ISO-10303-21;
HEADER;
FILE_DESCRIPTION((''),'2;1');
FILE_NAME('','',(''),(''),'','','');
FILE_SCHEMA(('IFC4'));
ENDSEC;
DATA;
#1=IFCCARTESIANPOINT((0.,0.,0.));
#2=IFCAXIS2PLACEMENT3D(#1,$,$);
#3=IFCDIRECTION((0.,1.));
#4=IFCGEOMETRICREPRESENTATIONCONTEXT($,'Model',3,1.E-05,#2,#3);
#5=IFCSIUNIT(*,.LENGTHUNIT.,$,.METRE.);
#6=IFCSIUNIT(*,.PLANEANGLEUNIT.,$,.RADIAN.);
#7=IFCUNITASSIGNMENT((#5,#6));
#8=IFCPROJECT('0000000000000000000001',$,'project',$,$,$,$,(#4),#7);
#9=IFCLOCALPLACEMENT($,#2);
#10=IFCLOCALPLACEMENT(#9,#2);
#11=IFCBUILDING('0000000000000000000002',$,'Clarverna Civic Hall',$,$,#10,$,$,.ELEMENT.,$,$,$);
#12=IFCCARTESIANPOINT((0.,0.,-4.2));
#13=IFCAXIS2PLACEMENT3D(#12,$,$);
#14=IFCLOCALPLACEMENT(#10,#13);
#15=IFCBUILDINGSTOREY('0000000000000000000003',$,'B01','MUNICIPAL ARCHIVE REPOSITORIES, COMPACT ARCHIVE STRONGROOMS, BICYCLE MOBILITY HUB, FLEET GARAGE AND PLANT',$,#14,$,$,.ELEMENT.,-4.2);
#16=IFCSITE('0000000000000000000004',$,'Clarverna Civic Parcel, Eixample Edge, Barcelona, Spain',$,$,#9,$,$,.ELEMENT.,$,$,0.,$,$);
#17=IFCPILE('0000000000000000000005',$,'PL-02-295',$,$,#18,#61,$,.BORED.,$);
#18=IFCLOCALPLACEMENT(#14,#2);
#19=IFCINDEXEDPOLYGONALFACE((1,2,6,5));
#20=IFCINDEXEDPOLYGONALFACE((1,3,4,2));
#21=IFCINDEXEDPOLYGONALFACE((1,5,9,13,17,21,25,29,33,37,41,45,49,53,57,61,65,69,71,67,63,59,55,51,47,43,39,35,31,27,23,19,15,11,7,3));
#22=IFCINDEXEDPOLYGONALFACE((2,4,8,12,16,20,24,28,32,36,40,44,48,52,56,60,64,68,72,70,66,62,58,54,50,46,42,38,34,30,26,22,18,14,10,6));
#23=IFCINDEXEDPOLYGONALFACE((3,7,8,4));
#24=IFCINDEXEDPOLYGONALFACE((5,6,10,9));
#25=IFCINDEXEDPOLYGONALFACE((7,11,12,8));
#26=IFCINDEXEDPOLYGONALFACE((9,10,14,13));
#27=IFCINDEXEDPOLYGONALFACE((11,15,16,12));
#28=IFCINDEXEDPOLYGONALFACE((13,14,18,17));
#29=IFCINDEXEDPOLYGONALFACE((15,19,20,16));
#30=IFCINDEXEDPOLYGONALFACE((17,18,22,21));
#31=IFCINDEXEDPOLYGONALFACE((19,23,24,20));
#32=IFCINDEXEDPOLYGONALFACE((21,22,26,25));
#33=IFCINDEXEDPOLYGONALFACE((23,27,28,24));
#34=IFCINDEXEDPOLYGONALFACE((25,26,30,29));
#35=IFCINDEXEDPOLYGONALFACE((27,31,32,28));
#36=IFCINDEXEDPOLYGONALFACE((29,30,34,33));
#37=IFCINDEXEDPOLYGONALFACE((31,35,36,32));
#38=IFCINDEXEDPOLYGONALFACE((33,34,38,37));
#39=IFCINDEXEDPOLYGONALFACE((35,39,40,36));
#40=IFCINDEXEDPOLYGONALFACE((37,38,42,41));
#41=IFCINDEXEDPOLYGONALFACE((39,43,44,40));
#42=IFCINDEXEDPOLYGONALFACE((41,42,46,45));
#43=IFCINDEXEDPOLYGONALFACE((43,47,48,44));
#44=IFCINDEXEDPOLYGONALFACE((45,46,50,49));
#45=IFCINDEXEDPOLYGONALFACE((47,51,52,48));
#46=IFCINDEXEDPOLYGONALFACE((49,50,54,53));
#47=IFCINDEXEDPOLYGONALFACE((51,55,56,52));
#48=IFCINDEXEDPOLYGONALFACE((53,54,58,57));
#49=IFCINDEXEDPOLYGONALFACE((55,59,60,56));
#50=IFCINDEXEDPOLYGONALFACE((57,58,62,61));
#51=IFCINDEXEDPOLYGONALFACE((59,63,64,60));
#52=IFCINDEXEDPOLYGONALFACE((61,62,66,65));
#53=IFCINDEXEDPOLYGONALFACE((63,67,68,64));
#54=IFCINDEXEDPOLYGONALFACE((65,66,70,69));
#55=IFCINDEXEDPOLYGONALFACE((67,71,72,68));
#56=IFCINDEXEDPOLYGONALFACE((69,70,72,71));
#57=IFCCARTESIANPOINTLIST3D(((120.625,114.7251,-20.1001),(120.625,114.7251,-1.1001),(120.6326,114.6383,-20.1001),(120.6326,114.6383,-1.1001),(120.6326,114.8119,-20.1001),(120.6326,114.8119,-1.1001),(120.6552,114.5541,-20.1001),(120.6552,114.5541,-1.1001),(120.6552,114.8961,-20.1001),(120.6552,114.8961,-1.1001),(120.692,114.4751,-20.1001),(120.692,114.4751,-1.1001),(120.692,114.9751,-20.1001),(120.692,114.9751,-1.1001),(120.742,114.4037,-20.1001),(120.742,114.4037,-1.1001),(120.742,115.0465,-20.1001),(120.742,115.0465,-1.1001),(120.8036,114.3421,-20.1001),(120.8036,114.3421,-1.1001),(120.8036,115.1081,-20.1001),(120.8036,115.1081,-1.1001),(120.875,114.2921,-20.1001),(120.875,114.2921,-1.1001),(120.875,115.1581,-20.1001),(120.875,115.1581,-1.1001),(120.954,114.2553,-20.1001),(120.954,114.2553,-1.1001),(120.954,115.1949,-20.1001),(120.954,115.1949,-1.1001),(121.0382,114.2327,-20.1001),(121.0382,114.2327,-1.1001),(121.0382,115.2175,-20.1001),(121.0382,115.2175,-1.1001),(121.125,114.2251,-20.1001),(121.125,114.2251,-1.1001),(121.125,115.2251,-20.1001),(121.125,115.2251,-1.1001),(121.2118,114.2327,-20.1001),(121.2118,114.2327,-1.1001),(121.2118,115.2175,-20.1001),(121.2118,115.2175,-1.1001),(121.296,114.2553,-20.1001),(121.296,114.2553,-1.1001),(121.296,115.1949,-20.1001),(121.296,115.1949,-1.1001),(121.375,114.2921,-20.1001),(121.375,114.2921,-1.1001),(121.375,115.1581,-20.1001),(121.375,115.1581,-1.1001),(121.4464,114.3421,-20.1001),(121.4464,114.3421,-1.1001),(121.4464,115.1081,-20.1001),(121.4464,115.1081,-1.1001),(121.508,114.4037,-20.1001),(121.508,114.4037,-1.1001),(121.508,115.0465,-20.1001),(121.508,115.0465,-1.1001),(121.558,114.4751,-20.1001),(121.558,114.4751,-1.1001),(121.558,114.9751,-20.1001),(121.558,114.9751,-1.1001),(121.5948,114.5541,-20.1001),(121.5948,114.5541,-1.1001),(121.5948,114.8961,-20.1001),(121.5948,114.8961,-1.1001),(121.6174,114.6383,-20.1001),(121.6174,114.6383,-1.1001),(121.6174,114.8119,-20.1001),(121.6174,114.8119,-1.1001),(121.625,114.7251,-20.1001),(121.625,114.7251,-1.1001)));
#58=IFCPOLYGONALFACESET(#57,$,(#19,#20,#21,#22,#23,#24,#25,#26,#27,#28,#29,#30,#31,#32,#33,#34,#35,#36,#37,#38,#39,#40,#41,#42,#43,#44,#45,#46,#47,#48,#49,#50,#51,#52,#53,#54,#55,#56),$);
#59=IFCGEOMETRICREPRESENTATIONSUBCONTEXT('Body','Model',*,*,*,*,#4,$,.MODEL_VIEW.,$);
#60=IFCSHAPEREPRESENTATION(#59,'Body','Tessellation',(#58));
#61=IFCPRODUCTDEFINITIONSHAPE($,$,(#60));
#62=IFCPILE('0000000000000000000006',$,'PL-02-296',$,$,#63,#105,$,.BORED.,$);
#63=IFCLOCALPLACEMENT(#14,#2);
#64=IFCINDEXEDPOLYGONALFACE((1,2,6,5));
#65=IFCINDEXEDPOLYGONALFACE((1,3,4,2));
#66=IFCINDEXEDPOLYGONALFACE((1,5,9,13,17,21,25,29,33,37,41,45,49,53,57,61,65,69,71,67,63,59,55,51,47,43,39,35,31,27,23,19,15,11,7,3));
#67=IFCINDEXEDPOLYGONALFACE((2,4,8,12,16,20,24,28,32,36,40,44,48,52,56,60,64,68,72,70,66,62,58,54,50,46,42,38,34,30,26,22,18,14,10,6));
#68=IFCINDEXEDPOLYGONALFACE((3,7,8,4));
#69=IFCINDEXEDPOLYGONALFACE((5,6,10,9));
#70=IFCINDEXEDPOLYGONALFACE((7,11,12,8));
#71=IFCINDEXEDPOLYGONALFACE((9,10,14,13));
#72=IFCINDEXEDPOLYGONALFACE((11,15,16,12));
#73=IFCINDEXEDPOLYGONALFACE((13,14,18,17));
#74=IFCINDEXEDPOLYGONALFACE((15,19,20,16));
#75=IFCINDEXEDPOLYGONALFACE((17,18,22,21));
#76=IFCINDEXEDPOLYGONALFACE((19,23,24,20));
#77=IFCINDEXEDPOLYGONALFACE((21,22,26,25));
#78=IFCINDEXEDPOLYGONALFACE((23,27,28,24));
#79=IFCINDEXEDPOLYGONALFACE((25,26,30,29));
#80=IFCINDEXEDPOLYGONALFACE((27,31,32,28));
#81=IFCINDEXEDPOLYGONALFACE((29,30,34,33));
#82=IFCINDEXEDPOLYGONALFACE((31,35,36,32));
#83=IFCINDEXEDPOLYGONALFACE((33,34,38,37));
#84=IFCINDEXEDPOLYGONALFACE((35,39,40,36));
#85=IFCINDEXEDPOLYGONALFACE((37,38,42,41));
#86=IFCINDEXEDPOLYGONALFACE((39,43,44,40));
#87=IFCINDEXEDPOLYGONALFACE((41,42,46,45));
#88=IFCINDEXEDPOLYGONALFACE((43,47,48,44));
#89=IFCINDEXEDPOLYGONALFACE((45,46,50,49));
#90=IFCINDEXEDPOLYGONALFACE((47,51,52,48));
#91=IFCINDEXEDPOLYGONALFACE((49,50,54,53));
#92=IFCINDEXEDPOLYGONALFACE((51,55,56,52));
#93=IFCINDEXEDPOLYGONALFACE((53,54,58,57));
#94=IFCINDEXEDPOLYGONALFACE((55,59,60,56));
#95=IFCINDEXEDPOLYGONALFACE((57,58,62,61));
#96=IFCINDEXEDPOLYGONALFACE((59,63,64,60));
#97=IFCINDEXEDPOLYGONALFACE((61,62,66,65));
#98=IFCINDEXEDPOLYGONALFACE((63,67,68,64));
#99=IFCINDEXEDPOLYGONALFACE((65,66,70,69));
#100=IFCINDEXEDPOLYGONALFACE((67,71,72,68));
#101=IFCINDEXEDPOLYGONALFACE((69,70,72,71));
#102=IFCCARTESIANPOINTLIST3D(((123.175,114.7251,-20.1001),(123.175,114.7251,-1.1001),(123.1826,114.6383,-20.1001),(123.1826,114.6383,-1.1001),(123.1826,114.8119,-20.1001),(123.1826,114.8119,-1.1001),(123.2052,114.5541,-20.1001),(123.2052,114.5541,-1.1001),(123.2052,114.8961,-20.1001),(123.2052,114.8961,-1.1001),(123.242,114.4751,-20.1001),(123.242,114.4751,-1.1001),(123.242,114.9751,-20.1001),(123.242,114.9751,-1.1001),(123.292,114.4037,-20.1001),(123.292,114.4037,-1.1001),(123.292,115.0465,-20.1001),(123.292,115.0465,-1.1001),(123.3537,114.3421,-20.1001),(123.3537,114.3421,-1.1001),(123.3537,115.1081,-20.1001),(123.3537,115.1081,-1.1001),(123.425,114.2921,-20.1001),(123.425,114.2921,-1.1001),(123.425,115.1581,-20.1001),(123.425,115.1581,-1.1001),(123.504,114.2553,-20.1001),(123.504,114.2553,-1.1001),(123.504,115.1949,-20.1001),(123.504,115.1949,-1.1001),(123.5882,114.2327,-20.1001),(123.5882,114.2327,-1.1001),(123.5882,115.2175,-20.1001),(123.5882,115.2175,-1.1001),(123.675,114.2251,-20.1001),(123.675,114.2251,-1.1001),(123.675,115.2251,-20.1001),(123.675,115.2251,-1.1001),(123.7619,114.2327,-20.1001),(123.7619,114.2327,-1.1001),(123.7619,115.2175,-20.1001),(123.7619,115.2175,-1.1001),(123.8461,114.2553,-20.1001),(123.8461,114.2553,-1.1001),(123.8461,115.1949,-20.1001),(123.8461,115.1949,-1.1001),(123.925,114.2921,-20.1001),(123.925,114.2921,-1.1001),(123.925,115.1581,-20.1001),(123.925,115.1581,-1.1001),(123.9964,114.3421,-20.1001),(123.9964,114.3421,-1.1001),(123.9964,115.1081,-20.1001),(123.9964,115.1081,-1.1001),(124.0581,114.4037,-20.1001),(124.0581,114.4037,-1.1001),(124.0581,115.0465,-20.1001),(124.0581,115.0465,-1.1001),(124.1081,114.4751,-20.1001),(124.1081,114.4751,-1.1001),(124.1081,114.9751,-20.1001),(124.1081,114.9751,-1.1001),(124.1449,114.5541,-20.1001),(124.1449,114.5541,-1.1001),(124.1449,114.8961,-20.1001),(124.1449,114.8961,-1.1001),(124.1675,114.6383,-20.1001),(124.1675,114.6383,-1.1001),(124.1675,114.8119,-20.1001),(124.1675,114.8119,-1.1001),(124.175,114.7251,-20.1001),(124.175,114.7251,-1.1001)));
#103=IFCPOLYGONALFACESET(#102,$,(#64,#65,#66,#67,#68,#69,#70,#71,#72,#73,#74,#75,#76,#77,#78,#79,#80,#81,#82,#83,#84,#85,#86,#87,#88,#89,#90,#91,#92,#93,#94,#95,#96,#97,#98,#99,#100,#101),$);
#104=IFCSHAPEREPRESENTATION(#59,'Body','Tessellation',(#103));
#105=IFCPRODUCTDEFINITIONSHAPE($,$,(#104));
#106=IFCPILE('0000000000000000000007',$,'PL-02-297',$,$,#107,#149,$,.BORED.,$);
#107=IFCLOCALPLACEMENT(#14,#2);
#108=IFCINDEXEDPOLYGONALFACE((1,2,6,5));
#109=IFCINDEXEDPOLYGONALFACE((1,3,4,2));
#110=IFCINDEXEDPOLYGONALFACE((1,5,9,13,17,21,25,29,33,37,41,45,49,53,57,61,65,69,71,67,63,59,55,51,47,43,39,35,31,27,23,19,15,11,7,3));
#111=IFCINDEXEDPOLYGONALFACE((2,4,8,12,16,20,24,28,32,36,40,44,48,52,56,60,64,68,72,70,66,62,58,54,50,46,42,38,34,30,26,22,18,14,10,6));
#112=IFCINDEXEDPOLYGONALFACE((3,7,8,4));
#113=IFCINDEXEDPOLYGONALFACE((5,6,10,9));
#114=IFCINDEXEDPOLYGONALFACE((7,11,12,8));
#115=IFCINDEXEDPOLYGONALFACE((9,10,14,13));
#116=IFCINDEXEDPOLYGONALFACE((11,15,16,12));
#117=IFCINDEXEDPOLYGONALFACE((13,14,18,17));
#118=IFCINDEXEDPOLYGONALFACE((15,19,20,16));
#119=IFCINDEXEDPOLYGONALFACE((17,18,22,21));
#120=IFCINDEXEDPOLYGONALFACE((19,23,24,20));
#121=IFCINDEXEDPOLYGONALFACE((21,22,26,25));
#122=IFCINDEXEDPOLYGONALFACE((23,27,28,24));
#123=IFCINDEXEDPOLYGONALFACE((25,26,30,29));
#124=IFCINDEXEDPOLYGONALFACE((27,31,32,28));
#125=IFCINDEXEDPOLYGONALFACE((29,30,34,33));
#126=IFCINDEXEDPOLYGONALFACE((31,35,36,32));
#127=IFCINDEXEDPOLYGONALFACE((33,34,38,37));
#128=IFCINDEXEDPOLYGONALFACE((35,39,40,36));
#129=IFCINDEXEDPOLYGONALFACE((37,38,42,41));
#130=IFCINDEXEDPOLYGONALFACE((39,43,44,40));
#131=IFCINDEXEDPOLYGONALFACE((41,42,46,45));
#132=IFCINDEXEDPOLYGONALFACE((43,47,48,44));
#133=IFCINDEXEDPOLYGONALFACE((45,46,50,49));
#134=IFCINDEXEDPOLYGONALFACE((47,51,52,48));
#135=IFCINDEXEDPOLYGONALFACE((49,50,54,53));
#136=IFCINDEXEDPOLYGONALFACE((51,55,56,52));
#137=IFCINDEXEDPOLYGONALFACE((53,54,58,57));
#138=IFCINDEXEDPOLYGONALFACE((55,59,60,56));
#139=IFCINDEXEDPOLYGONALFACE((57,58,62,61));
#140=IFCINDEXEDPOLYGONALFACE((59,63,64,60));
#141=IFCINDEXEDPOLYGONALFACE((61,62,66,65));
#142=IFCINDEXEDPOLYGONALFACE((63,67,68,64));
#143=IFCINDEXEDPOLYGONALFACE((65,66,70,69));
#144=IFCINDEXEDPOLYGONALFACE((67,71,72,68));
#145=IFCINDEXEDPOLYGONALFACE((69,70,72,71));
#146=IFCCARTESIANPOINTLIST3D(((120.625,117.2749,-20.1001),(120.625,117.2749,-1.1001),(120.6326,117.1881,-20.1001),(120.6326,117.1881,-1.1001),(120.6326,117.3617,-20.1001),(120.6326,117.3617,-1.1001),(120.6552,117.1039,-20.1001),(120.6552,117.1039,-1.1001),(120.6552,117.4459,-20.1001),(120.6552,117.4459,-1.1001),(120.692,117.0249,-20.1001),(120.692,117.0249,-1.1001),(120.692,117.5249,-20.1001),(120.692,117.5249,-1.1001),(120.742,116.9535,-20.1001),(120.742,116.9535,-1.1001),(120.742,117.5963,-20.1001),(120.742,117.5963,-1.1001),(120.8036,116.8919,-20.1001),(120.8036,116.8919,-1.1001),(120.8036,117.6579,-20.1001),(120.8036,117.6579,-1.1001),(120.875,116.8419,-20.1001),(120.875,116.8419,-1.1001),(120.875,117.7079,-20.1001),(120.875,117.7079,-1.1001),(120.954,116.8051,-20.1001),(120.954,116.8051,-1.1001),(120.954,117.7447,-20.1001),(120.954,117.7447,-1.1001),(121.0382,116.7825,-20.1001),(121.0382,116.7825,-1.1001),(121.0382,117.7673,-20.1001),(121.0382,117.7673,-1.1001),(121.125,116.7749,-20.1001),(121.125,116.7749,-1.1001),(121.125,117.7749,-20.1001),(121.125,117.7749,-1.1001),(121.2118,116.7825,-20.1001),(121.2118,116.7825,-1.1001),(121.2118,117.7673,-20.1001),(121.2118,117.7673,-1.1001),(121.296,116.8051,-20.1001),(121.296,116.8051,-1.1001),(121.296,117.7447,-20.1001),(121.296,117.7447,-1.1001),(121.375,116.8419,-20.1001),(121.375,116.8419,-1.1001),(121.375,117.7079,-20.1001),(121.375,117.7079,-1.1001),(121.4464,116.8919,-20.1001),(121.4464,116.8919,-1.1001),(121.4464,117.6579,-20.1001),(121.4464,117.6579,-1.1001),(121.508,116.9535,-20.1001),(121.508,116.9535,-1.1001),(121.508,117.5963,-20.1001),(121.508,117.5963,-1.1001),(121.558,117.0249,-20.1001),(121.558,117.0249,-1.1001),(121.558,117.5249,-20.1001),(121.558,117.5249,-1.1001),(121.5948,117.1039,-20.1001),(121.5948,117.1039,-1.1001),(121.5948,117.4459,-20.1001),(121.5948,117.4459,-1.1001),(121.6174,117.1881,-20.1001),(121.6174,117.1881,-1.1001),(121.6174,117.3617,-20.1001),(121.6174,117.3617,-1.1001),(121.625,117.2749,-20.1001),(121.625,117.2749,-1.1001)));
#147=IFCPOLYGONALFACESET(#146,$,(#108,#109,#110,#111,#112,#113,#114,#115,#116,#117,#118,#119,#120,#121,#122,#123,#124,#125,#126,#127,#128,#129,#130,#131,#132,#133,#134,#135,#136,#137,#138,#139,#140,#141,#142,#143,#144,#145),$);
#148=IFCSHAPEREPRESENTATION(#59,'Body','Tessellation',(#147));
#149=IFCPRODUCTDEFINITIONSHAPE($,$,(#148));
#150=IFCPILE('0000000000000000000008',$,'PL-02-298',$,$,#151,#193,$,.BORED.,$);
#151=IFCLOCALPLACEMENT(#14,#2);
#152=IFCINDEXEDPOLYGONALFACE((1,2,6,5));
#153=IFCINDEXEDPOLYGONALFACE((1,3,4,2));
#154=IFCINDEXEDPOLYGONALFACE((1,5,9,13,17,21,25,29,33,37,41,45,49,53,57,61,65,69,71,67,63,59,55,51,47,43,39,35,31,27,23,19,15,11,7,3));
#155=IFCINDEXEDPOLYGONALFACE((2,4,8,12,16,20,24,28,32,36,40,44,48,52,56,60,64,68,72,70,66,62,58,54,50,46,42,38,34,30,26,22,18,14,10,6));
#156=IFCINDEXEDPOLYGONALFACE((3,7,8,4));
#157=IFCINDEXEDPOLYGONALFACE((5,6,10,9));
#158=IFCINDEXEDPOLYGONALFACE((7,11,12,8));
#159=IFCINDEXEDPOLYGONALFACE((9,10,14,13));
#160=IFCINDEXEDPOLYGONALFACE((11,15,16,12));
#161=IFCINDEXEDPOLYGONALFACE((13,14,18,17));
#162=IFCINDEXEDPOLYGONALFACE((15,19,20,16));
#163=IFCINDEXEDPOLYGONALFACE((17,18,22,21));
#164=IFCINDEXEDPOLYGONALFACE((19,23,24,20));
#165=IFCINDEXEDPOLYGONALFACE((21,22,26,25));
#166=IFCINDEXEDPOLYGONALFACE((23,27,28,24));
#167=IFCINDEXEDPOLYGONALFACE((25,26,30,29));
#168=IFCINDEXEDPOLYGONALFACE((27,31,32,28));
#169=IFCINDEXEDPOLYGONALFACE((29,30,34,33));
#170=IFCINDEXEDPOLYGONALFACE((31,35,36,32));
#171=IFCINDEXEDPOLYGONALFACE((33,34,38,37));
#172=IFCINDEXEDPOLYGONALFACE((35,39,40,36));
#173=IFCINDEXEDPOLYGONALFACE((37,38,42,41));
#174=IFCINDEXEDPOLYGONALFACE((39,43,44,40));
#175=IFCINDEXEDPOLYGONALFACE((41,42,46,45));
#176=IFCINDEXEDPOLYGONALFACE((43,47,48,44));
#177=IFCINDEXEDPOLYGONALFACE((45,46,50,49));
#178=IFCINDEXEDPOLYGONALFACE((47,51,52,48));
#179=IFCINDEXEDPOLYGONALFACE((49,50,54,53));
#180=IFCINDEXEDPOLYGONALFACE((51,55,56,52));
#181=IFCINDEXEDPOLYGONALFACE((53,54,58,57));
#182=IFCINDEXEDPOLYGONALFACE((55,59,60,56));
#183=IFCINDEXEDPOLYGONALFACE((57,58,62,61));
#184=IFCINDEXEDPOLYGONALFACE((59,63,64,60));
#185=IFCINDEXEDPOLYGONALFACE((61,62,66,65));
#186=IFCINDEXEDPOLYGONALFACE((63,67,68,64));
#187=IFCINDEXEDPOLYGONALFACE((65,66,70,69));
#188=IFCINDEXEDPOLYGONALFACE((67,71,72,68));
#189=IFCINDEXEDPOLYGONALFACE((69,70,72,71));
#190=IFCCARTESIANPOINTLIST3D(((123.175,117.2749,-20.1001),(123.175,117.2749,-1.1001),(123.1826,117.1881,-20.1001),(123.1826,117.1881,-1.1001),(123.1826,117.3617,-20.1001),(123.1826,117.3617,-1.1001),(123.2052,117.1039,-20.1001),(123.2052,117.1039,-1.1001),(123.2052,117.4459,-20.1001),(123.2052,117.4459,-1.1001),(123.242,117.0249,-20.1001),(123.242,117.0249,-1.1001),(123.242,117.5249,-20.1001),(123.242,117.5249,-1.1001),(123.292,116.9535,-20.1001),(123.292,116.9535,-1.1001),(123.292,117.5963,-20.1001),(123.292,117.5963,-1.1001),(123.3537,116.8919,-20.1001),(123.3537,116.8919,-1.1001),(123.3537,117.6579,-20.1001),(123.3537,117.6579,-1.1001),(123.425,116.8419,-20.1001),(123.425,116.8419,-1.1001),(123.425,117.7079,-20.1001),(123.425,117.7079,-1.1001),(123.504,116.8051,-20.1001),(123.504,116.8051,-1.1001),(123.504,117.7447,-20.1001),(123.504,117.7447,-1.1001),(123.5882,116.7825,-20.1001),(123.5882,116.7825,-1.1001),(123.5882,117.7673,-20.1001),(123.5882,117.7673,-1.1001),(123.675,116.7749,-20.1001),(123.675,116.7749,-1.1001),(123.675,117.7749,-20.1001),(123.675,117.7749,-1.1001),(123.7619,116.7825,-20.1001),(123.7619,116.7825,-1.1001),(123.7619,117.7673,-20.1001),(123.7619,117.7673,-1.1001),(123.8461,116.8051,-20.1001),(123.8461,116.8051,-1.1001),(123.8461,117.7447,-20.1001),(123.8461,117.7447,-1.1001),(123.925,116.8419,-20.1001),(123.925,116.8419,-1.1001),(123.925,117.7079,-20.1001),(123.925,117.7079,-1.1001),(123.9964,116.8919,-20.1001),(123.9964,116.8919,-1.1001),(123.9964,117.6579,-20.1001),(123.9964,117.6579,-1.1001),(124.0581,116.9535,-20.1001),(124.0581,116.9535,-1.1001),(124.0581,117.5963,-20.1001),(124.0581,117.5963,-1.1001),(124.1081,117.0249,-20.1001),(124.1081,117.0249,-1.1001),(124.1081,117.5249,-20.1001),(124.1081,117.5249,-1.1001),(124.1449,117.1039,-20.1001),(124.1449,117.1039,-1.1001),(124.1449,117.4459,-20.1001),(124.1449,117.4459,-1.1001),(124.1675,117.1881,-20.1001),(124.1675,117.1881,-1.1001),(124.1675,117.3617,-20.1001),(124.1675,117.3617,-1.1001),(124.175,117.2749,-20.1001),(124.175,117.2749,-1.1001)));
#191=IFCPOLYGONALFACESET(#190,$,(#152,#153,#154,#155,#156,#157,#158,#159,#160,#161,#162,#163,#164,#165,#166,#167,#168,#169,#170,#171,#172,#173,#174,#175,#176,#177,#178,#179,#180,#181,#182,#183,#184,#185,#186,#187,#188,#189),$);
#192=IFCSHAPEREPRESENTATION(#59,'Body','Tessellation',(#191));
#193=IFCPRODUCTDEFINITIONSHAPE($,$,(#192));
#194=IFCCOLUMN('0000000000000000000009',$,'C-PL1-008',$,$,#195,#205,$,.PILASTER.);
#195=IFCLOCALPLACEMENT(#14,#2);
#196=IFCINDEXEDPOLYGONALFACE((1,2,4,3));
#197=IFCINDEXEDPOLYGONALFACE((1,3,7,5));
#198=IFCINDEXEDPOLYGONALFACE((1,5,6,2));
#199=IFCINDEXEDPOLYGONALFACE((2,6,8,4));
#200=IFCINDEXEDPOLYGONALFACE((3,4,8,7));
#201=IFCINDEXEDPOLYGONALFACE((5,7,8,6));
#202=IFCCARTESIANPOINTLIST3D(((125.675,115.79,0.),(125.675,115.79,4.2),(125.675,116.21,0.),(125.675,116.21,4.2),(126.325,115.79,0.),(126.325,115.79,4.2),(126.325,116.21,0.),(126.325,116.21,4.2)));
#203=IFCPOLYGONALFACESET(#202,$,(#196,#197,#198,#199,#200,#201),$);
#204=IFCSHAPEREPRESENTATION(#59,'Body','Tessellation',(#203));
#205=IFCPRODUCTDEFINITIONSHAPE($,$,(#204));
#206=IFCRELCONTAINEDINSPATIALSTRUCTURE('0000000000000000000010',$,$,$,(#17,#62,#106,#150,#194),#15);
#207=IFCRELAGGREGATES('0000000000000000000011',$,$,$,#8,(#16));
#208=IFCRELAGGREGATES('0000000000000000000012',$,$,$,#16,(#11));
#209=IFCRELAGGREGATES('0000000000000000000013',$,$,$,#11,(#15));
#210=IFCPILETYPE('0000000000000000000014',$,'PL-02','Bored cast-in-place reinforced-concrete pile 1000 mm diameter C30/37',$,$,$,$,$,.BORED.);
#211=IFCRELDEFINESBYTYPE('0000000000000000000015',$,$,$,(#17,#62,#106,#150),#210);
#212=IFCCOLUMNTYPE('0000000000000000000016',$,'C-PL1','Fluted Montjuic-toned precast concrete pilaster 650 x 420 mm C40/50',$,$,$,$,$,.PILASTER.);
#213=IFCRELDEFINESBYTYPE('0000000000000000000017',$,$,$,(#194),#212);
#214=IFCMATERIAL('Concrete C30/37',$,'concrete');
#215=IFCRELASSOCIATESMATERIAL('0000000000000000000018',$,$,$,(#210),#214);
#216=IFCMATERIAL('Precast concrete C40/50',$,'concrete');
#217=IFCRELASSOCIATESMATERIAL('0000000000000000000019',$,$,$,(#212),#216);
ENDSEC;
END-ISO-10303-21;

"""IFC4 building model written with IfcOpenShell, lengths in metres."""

from ifc_helpers import new_model, si_unit, direction, frame, origin, origin_2d, place, context, subcontext, project, spatial, rectangle, circle, extrude, material, material_profile, profile_set, type_object, element, save


model = new_model("IFC4")

# Units and contexts
model_context = context("Model", 3, precision=1e-05, world=origin(), true_north=direction((0.0, 1.0)))
body_context = subcontext(model_context, "Body", "Model", "MODEL_VIEW")
ifc_project = project(units=[si_unit("LENGTHUNIT", "METRE"), si_unit("PLANEANGLEUNIT", "RADIAN")], contexts=[model_context])

# Site, building, storey
site_placement = place(None, origin())
site = spatial("IfcSite", under=ifc_project, at=site_placement, Name="Clarverna Civic Parcel, Eixample Edge, Barcelona, Spain", CompositionType="ELEMENT", RefElevation=0.0)
building_placement = place(site_placement, origin())
building = spatial("IfcBuilding", under=site, at=building_placement, Name="Clarverna Civic Hall", CompositionType="ELEMENT")
storey_placement = place(building_placement, frame((0.0, 0.0, -4.2)))
storey = spatial("IfcBuildingStorey", under=building, at=storey_placement, Name="B01", Description="MUNICIPAL ARCHIVE REPOSITORIES, COMPACT ARCHIVE STRONGROOMS, BICYCLE MOBILITY HUB, FLEET GARAGE AND PLANT", CompositionType="ELEMENT", Elevation=-4.2)

# Shared definitions
ifc_material_1 = material(Name="Concrete C30/37", Category="concrete")

# Piles
ifc_material_profile_1 = material_profile(ifc_material_1, circle(Radius=0.5, at=origin_2d()), Name="BORED PILE D1000")
ifc_profile_set_1 = profile_set([ifc_material_profile_1], Name="Concrete C30/37")
pile_type_1 = type_object("IfcPileType", Name="PL-02", Description="Bored cast-in-place reinforced-concrete pile 1000 mm diameter C30/37", PredefinedType="BORED", material=ifc_profile_set_1)
for number, where, z_axis, x_axis, name in (
    (1, (121.125, 114.7251, -1.1001), (0.0, 0.0, -1.0), (1.0, 0.0, 0.0), "PL-02-295"),
    (2, (123.675, 114.7251, -1.1001), (0.0, 0.0, -1.0), (1.0, 0.0, 0.0), "PL-02-296"),
    (3, (121.125, 117.2749, -1.1001), (0.0, 0.0, -1.0), (1.0, 0.0, 0.0), "PL-02-297"),
    (4, (123.675, 117.2749, -1.1001), (0.0, 0.0, -1.0), (1.0, 0.0, 0.0), "PL-02-298"),
):
    element("IfcPile", number, at=place(storey_placement, frame(where, z_axis=z_axis, x_axis=x_axis)), inside=storey, type_object=pile_type_1, Name=name, PredefinedType="BORED", context=body_context, shape_type="SweptSolid", body=[
        extrude(circle(Radius=0.5, at=origin_2d()), origin(), (0.0, 0.0, 1.0), 19.0),
    ])

# Column
ifc_material_2 = material(Name="Precast concrete C40/50", Category="concrete")
ifc_material_profile_2 = material_profile(ifc_material_2, rectangle(XDim=0.6499, YDim=0.4199, at=origin_2d()), Name="PILASTER 650x420")
ifc_profile_set_2 = profile_set([ifc_material_profile_2], Name="Precast concrete C40/50")
column_type_1 = type_object("IfcColumnType", Name="C-PL1", Description="Fluted Montjuic-toned precast concrete pilaster 650 x 420 mm C40/50", PredefinedType="PILASTER", material=ifc_profile_set_2)
column_1_placement = place(storey_placement, frame((126.0, 116.0, 0.0), z_axis=(0.0, 0.0, 1.0), x_axis=(1.0, 0.0, 0.0)))
element("IfcColumn", 5, at=column_1_placement, inside=storey, type_object=column_type_1, Name="C-PL1-008", PredefinedType="PILASTER", context=body_context, shape_type="SweptSolid", body=[
    extrude(rectangle(XDim=0.6499, YDim=0.4199, at=origin_2d()), origin(), (0.0, 0.0, 1.0), 4.2),
])

save(model, "model.ifc")
